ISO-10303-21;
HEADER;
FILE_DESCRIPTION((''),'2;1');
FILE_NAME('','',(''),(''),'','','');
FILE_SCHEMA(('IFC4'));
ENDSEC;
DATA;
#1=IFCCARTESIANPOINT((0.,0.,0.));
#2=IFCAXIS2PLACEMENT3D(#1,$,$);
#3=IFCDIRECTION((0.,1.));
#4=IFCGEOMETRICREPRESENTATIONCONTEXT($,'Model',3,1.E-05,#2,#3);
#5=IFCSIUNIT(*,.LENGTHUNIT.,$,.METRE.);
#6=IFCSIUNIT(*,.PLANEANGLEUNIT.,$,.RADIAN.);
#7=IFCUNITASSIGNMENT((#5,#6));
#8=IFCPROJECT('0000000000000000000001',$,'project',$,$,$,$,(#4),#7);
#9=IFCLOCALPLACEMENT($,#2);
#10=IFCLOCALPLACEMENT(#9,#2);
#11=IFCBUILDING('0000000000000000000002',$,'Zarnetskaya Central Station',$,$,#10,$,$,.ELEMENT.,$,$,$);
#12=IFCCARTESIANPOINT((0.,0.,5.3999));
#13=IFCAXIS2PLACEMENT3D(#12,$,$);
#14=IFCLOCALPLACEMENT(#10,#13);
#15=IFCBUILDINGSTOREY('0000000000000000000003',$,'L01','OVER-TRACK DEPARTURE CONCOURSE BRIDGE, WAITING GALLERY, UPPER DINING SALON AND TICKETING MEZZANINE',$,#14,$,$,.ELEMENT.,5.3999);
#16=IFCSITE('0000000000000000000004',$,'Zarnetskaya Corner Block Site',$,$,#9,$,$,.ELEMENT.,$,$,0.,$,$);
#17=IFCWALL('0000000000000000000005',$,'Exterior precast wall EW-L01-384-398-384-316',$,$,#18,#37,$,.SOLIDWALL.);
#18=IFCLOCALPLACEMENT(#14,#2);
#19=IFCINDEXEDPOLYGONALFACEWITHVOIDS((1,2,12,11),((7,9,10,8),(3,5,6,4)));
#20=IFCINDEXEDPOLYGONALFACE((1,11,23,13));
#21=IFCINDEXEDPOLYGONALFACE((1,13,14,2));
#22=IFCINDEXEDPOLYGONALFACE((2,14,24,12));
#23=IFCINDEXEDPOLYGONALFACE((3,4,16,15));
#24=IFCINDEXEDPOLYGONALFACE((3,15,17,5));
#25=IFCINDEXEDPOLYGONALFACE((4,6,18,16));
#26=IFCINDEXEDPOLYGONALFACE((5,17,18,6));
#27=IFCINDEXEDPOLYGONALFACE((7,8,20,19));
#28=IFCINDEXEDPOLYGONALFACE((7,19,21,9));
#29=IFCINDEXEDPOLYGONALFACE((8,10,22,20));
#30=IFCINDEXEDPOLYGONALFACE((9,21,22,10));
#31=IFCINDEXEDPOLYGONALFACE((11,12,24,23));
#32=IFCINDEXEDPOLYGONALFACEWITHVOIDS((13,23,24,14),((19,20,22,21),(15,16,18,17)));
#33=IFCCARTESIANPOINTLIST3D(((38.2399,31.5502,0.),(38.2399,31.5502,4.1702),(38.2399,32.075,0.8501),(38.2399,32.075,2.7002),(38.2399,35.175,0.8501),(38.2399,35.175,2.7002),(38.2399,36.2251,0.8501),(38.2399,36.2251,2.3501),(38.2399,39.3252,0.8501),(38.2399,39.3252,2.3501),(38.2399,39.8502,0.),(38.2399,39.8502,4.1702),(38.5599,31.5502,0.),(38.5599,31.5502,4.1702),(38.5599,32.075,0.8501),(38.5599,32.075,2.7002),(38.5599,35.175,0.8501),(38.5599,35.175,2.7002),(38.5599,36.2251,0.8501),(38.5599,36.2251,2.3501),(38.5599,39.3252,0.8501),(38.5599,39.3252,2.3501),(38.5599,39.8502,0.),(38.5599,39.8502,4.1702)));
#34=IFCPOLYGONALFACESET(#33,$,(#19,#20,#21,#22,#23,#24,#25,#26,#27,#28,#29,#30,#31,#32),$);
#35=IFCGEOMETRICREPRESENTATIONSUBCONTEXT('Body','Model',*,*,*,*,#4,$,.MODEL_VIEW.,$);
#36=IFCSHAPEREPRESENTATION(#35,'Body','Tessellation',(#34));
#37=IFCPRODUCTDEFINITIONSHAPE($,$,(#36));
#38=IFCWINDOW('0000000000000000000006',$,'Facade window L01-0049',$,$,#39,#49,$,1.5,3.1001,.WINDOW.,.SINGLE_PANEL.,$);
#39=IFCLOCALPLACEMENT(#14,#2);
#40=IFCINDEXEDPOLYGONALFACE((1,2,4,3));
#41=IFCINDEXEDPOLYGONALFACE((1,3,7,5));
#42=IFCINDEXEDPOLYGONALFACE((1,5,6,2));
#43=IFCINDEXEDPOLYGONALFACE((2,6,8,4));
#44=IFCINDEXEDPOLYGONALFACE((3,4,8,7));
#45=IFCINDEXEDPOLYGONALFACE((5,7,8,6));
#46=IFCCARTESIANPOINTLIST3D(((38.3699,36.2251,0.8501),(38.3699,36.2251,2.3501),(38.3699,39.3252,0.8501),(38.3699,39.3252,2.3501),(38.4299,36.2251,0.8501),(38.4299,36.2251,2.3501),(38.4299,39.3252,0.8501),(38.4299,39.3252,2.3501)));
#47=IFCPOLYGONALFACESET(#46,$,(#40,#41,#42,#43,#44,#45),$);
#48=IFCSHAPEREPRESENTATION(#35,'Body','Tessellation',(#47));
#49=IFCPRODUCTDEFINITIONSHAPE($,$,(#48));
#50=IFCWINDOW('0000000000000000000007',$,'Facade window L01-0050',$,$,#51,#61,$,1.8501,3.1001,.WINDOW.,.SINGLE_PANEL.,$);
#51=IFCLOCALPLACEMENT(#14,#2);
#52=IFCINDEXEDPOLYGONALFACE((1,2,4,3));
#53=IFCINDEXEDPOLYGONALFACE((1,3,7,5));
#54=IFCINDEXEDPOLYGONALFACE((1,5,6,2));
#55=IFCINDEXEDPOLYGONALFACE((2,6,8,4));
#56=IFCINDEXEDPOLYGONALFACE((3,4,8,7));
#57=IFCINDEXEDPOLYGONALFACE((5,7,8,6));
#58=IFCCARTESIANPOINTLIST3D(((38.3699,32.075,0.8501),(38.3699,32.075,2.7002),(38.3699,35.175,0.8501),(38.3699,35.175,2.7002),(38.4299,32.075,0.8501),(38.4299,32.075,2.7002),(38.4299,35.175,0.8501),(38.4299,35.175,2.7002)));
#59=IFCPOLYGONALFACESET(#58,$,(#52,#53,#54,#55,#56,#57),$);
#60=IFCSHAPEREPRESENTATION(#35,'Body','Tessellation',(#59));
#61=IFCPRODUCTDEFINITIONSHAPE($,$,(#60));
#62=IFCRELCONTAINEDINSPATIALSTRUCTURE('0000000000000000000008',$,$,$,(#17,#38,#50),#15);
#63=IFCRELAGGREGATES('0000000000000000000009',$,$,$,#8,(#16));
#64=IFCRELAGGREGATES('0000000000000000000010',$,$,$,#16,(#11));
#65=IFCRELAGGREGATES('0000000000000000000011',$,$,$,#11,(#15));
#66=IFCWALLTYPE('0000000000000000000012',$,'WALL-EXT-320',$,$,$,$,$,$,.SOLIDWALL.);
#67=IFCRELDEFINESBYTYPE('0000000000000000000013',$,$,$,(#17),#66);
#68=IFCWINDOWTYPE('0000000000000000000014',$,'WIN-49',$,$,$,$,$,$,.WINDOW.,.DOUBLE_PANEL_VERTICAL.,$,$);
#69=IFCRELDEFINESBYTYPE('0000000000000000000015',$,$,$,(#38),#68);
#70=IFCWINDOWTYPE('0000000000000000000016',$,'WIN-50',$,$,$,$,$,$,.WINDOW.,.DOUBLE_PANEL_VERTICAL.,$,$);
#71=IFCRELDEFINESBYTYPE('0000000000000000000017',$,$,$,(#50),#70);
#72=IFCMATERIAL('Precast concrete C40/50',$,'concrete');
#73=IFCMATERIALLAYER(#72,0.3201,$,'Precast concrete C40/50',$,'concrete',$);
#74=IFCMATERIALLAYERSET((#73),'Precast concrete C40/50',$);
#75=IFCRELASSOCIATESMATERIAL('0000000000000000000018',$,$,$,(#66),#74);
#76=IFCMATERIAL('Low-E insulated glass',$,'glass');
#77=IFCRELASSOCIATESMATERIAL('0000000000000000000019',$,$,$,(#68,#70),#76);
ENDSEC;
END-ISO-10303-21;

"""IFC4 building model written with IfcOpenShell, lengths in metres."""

from ifc_helpers import new_model, si_unit, direction, frame, frame_2d, origin, place, context, subcontext, project, spatial, rectangle, extrude, material, layer, layer_set, type_object, element, fill, save


model = new_model("IFC4")

# Units and contexts
model_context = context("Model", 3, precision=1e-05, world=origin(), true_north=direction((0.0, 1.0)))
body_context = subcontext(model_context, "Body", "Model", "MODEL_VIEW")
ifc_project = project(units=[si_unit("LENGTHUNIT", "METRE"), si_unit("PLANEANGLEUNIT", "RADIAN")], contexts=[model_context])

# Site, building, storey
site_placement = place(None, origin())
site = spatial("IfcSite", under=ifc_project, at=site_placement, Name="Zarnetskaya Corner Block Site", CompositionType="ELEMENT", RefElevation=0.0)
building_placement = place(site_placement, origin())
building = spatial("IfcBuilding", under=site, at=building_placement, Name="Zarnetskaya Central Station", CompositionType="ELEMENT")
storey_placement = place(building_placement, frame((0.0, 0.0, 5.3999)))
storey = spatial("IfcBuildingStorey", under=building, at=storey_placement, Name="L01", Description="OVER-TRACK DEPARTURE CONCOURSE BRIDGE, WAITING GALLERY, UPPER DINING SALON AND TICKETING MEZZANINE", CompositionType="ELEMENT", Elevation=5.3999)

# Shared definitions
ifc_material_1 = material(Name="Low-E insulated glass", Category="glass")

# Wall, openings, windows
ifc_material_2 = material(Name="Precast concrete C40/50", Category="concrete")
ifc_layer_1 = layer(ifc_material_2, 0.3201, Name="Precast concrete C40/50", Category="concrete")
ifc_layer_set_1 = layer_set([ifc_layer_1], Name="Precast concrete C40/50")
wall_type = type_object("IfcWallType", Name="WALL-EXT-320", PredefinedType="SOLIDWALL", material=ifc_layer_set_1)
wall_placement = place(storey_placement, frame((38.3999, 39.8501, 0.0), z_axis=(0.0, 0.0, 1.0), x_axis=(0.0, -1.0, 0.0)))
wall = element("IfcWall", 1, at=wall_placement, inside=storey, type_object=wall_type, Name="Exterior precast wall EW-L01-384-398-384-316", PredefinedType="SOLIDWALL", context=body_context, shape_type="SweptSolid", body=[
    extrude(rectangle(XDim=8.3, YDim=0.3201, at=frame_2d((4.1499, 0.0))), origin(), (0.0, 0.0, 1.0), 4.1702),
])
opening_1_placement = place(wall_placement, frame((0.5249, 0.0, 0.8501)))
opening_1 = element("IfcOpeningElement", 2, at=opening_1_placement, cuts=wall, PredefinedType="OPENING", context=body_context, shape_type="SweptSolid", body=[
    extrude(rectangle(XDim=3.1001, YDim=1.5, at=frame_2d((1.55, 0.75))), frame((0.0, 0.1699, 0.0), z_axis=(0.0, -1.0, 0.0), x_axis=(1.0, 0.0, 0.0)), (0.0, 0.0, 1.0), 0.3401),
])
opening_2_placement = place(wall_placement, frame((4.675, 0.0, 0.8501)))
opening_2 = element("IfcOpeningElement", 3, at=opening_2_placement, cuts=wall, PredefinedType="OPENING", context=body_context, shape_type="SweptSolid", body=[
    extrude(rectangle(XDim=3.1001, YDim=1.8501, at=frame_2d((1.55, 0.925))), frame((0.0, 0.1699, 0.0), z_axis=(0.0, -1.0, 0.0), x_axis=(1.0, 0.0, 0.0)), (0.0, 0.0, 1.0), 0.3401),
])
window_type_1 = type_object("IfcWindowType", Name="WIN-49", PartitioningType="DOUBLE_PANEL_VERTICAL", PredefinedType="WINDOW", material=ifc_material_1)
window_1_placement = place(opening_1_placement, origin())
window_1 = element("IfcWindow", 4, at=window_1_placement, inside=storey, type_object=window_type_1, Name="Facade window L01-0049", OverallHeight=1.5, OverallWidth=3.1001, PartitioningType="SINGLE_PANEL", PredefinedType="WINDOW", context=body_context, shape_type="SweptSolid", body=[
    extrude(rectangle(XDim=3.1001, YDim=1.5, at=frame_2d((1.55, 0.75))), frame((0.0, 0.03, 0.0), z_axis=(0.0, -1.0, 0.0), x_axis=(1.0, 0.0, 0.0)), (0.0, 0.0, 1.0), 0.0601),
])
fill(opening_1, window_1)
window_type_2 = type_object("IfcWindowType", Name="WIN-50", PartitioningType="DOUBLE_PANEL_VERTICAL", PredefinedType="WINDOW", material=ifc_material_1)
window_2_placement = place(opening_2_placement, origin())
window_2 = element("IfcWindow", 5, at=window_2_placement, inside=storey, type_object=window_type_2, Name="Facade window L01-0050", OverallHeight=1.8501, OverallWidth=3.1001, PartitioningType="SINGLE_PANEL", PredefinedType="WINDOW", context=body_context, shape_type="SweptSolid", body=[
    extrude(rectangle(XDim=3.1001, YDim=1.8501, at=frame_2d((1.55, 0.925))), frame((0.0, 0.03, 0.0), z_axis=(0.0, -1.0, 0.0), x_axis=(1.0, 0.0, 0.0)), (0.0, 0.0, 1.0), 0.0601),
])
fill(opening_2, window_2)

save(model, "model.ifc")
